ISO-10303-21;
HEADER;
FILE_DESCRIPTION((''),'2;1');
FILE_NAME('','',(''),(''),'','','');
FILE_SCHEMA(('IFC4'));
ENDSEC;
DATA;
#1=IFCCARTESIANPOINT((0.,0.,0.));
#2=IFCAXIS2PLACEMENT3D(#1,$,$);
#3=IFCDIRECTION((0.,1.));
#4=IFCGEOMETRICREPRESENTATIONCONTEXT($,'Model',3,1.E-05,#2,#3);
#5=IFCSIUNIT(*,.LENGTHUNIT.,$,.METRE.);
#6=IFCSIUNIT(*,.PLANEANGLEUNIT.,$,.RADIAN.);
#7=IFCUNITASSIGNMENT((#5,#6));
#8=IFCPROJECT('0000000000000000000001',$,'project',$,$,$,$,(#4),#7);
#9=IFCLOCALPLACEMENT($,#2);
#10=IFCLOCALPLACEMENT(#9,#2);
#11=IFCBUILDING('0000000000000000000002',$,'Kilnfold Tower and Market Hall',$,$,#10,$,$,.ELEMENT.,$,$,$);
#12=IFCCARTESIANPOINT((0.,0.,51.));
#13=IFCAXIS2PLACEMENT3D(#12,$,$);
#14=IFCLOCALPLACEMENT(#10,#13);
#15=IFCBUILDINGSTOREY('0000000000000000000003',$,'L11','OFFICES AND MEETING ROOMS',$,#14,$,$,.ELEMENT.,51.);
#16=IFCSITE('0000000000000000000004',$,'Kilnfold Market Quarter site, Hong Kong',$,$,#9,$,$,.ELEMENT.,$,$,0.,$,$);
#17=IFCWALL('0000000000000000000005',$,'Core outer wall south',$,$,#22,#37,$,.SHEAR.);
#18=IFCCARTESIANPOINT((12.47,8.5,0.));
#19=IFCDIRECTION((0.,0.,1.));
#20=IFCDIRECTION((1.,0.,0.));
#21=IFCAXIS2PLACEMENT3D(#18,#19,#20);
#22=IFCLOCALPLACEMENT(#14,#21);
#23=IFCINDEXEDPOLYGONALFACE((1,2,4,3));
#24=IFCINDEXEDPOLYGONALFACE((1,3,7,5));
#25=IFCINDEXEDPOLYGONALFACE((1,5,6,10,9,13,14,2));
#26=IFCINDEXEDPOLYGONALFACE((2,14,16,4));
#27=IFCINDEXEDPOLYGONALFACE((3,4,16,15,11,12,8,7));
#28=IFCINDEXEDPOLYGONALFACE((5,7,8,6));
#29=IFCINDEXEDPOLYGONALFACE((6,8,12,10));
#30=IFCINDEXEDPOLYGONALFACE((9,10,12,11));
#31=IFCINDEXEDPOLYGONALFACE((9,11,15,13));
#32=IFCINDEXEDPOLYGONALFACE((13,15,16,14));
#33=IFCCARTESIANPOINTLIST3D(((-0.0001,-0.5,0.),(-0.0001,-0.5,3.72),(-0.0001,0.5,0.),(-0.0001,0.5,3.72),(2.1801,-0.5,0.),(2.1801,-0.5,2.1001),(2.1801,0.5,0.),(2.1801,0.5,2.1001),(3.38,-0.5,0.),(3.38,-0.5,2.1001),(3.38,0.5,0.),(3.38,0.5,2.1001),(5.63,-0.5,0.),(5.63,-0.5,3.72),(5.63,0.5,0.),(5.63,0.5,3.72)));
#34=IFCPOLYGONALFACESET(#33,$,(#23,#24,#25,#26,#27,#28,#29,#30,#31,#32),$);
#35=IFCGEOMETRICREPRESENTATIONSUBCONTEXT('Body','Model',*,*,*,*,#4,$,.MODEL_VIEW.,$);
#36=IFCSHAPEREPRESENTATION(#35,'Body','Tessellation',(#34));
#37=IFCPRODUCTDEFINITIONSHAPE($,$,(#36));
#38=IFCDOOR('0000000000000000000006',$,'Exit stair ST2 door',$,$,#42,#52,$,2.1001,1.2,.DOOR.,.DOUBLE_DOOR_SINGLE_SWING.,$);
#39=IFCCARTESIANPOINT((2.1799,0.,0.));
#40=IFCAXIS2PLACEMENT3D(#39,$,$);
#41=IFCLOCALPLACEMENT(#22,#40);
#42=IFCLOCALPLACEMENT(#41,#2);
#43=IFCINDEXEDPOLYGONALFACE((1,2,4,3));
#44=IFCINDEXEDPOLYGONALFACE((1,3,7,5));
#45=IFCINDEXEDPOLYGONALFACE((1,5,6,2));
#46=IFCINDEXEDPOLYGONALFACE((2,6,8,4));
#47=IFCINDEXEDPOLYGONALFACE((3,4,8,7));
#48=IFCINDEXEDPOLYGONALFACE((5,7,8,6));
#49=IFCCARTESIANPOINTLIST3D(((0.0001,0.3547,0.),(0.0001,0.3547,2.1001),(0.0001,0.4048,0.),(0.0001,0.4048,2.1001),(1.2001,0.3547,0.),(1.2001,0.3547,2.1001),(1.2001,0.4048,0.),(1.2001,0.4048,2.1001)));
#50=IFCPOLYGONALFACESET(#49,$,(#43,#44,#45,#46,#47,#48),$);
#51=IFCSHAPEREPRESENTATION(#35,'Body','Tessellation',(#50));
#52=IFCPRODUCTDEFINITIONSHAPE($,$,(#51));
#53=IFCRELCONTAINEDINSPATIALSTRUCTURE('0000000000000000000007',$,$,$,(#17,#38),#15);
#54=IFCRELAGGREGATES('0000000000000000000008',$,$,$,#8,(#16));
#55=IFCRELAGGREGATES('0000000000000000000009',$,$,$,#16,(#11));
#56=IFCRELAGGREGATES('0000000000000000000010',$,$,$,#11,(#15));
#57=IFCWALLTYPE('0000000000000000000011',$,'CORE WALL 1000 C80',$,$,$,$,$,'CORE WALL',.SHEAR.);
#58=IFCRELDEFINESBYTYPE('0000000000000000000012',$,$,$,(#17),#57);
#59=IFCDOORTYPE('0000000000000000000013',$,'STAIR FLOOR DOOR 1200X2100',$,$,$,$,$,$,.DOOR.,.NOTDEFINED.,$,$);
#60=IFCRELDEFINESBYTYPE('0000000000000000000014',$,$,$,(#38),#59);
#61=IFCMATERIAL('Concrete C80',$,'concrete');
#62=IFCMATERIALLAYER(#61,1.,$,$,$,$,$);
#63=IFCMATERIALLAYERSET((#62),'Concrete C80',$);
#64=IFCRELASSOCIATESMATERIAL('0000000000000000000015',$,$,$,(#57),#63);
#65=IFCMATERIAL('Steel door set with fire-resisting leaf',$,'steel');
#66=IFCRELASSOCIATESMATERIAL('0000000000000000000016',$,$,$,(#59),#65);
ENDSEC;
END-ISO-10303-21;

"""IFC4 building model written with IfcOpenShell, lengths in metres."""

from ifc_helpers import new_model, si_unit, direction, frame, frame_2d, origin, place, context, subcontext, project, spatial, rectangle, extrude, source, transform, mapped, material, layer, layer_set, type_object, element, fill, save


model = new_model("IFC4")

# Units and contexts
model_context = context("Model", 3, precision=1e-05, world=origin(), true_north=direction((0.0, 1.0)))
body_context = subcontext(model_context, "Body", "Model", "MODEL_VIEW")
ifc_project = project(units=[si_unit("LENGTHUNIT", "METRE"), si_unit("PLANEANGLEUNIT", "RADIAN")], contexts=[model_context])

# Site, building, storey
site_placement = place(None, origin())
site = spatial("IfcSite", under=ifc_project, at=site_placement, Name="Kilnfold Market Quarter site, Hong Kong", CompositionType="ELEMENT", RefElevation=0.0)
building_placement = place(site_placement, origin())
building = spatial("IfcBuilding", under=site, at=building_placement, Name="Kilnfold Tower and Market Hall", CompositionType="ELEMENT")
storey_placement = place(building_placement, frame((0.0, 0.0, 51.0)))
storey = spatial("IfcBuildingStorey", under=building, at=storey_placement, Name="L11", Description="OFFICES AND MEETING ROOMS", CompositionType="ELEMENT", Elevation=51.0)

# Shared definitions
ifc_material_1 = material(Name="Concrete C80", Category="concrete")
ifc_layer_1 = layer(ifc_material_1, 1.0)
ifc_layer_set_1 = layer_set([ifc_layer_1], Name="Concrete C80")
wall_type_1 = type_object("IfcWallType", Name="CORE WALL 1000 C80", ElementType="CORE WALL", PredefinedType="SHEAR", material=ifc_layer_set_1)

# Wall, opening, door
shared_shape_1 = source(origin(), body_context, "Body", "SweptSolid", [
    extrude(rectangle(XDim=5.6301, YDim=1.0, at=frame_2d((2.8149, 0.0))), origin(), (0.0, 0.0, 1.0), 3.72),
])
wall_1_placement = place(storey_placement, frame((12.47, 8.5, 0.0), z_axis=(0.0, 0.0, 1.0), x_axis=(1.0, 0.0, 0.0)))
wall_1 = element("IfcWall", 1, at=wall_1_placement, inside=storey, type_object=wall_type_1, Name="Core outer wall south", PredefinedType="SHEAR", context=body_context, shape_type="MappedRepresentation", body=[
    mapped(shared_shape_1, transform((0.0, 0.0, 0.0))),
])
opening_1_placement = place(wall_1_placement, frame((2.1799, 0.0, 0.0)))
opening_1 = element("IfcOpeningElement", 2, at=opening_1_placement, cuts=wall_1, PredefinedType="OPENING", context=body_context, shape_type="SweptSolid", body=[
    extrude(rectangle(XDim=1.2, YDim=2.1001, at=frame_2d((0.6001, 1.05))), frame((0.0, 0.51, 0.0), z_axis=(0.0, -1.0, 0.0), x_axis=(1.0, 0.0, 0.0)), (0.0, 0.0, 1.0), 1.02),
])
ifc_material_2 = material(Name="Steel door set with fire-resisting leaf", Category="steel")
door_type_1 = type_object("IfcDoorType", Name="STAIR FLOOR DOOR 1200X2100", OperationType="NOTDEFINED", PredefinedType="DOOR", material=ifc_material_2)
door_1_placement = place(opening_1_placement, origin())
door_1 = element("IfcDoor", 3, at=door_1_placement, inside=storey, type_object=door_type_1, Name="Exit stair ST2 door", OperationType="DOUBLE_DOOR_SINGLE_SWING", OverallHeight=2.1001, OverallWidth=1.2, PredefinedType="DOOR", context=body_context, shape_type="SweptSolid", body=[
    extrude(rectangle(XDim=1.2, YDim=2.1001, at=frame_2d((0.6001, 1.05))), frame((0.0, 0.4048, 0.0), z_axis=(0.0, -1.0, 0.0), x_axis=(1.0, 0.0, 0.0)), (0.0, 0.0, 1.0), 0.05),
])
fill(opening_1, door_1)

save(model, "model.ifc")
